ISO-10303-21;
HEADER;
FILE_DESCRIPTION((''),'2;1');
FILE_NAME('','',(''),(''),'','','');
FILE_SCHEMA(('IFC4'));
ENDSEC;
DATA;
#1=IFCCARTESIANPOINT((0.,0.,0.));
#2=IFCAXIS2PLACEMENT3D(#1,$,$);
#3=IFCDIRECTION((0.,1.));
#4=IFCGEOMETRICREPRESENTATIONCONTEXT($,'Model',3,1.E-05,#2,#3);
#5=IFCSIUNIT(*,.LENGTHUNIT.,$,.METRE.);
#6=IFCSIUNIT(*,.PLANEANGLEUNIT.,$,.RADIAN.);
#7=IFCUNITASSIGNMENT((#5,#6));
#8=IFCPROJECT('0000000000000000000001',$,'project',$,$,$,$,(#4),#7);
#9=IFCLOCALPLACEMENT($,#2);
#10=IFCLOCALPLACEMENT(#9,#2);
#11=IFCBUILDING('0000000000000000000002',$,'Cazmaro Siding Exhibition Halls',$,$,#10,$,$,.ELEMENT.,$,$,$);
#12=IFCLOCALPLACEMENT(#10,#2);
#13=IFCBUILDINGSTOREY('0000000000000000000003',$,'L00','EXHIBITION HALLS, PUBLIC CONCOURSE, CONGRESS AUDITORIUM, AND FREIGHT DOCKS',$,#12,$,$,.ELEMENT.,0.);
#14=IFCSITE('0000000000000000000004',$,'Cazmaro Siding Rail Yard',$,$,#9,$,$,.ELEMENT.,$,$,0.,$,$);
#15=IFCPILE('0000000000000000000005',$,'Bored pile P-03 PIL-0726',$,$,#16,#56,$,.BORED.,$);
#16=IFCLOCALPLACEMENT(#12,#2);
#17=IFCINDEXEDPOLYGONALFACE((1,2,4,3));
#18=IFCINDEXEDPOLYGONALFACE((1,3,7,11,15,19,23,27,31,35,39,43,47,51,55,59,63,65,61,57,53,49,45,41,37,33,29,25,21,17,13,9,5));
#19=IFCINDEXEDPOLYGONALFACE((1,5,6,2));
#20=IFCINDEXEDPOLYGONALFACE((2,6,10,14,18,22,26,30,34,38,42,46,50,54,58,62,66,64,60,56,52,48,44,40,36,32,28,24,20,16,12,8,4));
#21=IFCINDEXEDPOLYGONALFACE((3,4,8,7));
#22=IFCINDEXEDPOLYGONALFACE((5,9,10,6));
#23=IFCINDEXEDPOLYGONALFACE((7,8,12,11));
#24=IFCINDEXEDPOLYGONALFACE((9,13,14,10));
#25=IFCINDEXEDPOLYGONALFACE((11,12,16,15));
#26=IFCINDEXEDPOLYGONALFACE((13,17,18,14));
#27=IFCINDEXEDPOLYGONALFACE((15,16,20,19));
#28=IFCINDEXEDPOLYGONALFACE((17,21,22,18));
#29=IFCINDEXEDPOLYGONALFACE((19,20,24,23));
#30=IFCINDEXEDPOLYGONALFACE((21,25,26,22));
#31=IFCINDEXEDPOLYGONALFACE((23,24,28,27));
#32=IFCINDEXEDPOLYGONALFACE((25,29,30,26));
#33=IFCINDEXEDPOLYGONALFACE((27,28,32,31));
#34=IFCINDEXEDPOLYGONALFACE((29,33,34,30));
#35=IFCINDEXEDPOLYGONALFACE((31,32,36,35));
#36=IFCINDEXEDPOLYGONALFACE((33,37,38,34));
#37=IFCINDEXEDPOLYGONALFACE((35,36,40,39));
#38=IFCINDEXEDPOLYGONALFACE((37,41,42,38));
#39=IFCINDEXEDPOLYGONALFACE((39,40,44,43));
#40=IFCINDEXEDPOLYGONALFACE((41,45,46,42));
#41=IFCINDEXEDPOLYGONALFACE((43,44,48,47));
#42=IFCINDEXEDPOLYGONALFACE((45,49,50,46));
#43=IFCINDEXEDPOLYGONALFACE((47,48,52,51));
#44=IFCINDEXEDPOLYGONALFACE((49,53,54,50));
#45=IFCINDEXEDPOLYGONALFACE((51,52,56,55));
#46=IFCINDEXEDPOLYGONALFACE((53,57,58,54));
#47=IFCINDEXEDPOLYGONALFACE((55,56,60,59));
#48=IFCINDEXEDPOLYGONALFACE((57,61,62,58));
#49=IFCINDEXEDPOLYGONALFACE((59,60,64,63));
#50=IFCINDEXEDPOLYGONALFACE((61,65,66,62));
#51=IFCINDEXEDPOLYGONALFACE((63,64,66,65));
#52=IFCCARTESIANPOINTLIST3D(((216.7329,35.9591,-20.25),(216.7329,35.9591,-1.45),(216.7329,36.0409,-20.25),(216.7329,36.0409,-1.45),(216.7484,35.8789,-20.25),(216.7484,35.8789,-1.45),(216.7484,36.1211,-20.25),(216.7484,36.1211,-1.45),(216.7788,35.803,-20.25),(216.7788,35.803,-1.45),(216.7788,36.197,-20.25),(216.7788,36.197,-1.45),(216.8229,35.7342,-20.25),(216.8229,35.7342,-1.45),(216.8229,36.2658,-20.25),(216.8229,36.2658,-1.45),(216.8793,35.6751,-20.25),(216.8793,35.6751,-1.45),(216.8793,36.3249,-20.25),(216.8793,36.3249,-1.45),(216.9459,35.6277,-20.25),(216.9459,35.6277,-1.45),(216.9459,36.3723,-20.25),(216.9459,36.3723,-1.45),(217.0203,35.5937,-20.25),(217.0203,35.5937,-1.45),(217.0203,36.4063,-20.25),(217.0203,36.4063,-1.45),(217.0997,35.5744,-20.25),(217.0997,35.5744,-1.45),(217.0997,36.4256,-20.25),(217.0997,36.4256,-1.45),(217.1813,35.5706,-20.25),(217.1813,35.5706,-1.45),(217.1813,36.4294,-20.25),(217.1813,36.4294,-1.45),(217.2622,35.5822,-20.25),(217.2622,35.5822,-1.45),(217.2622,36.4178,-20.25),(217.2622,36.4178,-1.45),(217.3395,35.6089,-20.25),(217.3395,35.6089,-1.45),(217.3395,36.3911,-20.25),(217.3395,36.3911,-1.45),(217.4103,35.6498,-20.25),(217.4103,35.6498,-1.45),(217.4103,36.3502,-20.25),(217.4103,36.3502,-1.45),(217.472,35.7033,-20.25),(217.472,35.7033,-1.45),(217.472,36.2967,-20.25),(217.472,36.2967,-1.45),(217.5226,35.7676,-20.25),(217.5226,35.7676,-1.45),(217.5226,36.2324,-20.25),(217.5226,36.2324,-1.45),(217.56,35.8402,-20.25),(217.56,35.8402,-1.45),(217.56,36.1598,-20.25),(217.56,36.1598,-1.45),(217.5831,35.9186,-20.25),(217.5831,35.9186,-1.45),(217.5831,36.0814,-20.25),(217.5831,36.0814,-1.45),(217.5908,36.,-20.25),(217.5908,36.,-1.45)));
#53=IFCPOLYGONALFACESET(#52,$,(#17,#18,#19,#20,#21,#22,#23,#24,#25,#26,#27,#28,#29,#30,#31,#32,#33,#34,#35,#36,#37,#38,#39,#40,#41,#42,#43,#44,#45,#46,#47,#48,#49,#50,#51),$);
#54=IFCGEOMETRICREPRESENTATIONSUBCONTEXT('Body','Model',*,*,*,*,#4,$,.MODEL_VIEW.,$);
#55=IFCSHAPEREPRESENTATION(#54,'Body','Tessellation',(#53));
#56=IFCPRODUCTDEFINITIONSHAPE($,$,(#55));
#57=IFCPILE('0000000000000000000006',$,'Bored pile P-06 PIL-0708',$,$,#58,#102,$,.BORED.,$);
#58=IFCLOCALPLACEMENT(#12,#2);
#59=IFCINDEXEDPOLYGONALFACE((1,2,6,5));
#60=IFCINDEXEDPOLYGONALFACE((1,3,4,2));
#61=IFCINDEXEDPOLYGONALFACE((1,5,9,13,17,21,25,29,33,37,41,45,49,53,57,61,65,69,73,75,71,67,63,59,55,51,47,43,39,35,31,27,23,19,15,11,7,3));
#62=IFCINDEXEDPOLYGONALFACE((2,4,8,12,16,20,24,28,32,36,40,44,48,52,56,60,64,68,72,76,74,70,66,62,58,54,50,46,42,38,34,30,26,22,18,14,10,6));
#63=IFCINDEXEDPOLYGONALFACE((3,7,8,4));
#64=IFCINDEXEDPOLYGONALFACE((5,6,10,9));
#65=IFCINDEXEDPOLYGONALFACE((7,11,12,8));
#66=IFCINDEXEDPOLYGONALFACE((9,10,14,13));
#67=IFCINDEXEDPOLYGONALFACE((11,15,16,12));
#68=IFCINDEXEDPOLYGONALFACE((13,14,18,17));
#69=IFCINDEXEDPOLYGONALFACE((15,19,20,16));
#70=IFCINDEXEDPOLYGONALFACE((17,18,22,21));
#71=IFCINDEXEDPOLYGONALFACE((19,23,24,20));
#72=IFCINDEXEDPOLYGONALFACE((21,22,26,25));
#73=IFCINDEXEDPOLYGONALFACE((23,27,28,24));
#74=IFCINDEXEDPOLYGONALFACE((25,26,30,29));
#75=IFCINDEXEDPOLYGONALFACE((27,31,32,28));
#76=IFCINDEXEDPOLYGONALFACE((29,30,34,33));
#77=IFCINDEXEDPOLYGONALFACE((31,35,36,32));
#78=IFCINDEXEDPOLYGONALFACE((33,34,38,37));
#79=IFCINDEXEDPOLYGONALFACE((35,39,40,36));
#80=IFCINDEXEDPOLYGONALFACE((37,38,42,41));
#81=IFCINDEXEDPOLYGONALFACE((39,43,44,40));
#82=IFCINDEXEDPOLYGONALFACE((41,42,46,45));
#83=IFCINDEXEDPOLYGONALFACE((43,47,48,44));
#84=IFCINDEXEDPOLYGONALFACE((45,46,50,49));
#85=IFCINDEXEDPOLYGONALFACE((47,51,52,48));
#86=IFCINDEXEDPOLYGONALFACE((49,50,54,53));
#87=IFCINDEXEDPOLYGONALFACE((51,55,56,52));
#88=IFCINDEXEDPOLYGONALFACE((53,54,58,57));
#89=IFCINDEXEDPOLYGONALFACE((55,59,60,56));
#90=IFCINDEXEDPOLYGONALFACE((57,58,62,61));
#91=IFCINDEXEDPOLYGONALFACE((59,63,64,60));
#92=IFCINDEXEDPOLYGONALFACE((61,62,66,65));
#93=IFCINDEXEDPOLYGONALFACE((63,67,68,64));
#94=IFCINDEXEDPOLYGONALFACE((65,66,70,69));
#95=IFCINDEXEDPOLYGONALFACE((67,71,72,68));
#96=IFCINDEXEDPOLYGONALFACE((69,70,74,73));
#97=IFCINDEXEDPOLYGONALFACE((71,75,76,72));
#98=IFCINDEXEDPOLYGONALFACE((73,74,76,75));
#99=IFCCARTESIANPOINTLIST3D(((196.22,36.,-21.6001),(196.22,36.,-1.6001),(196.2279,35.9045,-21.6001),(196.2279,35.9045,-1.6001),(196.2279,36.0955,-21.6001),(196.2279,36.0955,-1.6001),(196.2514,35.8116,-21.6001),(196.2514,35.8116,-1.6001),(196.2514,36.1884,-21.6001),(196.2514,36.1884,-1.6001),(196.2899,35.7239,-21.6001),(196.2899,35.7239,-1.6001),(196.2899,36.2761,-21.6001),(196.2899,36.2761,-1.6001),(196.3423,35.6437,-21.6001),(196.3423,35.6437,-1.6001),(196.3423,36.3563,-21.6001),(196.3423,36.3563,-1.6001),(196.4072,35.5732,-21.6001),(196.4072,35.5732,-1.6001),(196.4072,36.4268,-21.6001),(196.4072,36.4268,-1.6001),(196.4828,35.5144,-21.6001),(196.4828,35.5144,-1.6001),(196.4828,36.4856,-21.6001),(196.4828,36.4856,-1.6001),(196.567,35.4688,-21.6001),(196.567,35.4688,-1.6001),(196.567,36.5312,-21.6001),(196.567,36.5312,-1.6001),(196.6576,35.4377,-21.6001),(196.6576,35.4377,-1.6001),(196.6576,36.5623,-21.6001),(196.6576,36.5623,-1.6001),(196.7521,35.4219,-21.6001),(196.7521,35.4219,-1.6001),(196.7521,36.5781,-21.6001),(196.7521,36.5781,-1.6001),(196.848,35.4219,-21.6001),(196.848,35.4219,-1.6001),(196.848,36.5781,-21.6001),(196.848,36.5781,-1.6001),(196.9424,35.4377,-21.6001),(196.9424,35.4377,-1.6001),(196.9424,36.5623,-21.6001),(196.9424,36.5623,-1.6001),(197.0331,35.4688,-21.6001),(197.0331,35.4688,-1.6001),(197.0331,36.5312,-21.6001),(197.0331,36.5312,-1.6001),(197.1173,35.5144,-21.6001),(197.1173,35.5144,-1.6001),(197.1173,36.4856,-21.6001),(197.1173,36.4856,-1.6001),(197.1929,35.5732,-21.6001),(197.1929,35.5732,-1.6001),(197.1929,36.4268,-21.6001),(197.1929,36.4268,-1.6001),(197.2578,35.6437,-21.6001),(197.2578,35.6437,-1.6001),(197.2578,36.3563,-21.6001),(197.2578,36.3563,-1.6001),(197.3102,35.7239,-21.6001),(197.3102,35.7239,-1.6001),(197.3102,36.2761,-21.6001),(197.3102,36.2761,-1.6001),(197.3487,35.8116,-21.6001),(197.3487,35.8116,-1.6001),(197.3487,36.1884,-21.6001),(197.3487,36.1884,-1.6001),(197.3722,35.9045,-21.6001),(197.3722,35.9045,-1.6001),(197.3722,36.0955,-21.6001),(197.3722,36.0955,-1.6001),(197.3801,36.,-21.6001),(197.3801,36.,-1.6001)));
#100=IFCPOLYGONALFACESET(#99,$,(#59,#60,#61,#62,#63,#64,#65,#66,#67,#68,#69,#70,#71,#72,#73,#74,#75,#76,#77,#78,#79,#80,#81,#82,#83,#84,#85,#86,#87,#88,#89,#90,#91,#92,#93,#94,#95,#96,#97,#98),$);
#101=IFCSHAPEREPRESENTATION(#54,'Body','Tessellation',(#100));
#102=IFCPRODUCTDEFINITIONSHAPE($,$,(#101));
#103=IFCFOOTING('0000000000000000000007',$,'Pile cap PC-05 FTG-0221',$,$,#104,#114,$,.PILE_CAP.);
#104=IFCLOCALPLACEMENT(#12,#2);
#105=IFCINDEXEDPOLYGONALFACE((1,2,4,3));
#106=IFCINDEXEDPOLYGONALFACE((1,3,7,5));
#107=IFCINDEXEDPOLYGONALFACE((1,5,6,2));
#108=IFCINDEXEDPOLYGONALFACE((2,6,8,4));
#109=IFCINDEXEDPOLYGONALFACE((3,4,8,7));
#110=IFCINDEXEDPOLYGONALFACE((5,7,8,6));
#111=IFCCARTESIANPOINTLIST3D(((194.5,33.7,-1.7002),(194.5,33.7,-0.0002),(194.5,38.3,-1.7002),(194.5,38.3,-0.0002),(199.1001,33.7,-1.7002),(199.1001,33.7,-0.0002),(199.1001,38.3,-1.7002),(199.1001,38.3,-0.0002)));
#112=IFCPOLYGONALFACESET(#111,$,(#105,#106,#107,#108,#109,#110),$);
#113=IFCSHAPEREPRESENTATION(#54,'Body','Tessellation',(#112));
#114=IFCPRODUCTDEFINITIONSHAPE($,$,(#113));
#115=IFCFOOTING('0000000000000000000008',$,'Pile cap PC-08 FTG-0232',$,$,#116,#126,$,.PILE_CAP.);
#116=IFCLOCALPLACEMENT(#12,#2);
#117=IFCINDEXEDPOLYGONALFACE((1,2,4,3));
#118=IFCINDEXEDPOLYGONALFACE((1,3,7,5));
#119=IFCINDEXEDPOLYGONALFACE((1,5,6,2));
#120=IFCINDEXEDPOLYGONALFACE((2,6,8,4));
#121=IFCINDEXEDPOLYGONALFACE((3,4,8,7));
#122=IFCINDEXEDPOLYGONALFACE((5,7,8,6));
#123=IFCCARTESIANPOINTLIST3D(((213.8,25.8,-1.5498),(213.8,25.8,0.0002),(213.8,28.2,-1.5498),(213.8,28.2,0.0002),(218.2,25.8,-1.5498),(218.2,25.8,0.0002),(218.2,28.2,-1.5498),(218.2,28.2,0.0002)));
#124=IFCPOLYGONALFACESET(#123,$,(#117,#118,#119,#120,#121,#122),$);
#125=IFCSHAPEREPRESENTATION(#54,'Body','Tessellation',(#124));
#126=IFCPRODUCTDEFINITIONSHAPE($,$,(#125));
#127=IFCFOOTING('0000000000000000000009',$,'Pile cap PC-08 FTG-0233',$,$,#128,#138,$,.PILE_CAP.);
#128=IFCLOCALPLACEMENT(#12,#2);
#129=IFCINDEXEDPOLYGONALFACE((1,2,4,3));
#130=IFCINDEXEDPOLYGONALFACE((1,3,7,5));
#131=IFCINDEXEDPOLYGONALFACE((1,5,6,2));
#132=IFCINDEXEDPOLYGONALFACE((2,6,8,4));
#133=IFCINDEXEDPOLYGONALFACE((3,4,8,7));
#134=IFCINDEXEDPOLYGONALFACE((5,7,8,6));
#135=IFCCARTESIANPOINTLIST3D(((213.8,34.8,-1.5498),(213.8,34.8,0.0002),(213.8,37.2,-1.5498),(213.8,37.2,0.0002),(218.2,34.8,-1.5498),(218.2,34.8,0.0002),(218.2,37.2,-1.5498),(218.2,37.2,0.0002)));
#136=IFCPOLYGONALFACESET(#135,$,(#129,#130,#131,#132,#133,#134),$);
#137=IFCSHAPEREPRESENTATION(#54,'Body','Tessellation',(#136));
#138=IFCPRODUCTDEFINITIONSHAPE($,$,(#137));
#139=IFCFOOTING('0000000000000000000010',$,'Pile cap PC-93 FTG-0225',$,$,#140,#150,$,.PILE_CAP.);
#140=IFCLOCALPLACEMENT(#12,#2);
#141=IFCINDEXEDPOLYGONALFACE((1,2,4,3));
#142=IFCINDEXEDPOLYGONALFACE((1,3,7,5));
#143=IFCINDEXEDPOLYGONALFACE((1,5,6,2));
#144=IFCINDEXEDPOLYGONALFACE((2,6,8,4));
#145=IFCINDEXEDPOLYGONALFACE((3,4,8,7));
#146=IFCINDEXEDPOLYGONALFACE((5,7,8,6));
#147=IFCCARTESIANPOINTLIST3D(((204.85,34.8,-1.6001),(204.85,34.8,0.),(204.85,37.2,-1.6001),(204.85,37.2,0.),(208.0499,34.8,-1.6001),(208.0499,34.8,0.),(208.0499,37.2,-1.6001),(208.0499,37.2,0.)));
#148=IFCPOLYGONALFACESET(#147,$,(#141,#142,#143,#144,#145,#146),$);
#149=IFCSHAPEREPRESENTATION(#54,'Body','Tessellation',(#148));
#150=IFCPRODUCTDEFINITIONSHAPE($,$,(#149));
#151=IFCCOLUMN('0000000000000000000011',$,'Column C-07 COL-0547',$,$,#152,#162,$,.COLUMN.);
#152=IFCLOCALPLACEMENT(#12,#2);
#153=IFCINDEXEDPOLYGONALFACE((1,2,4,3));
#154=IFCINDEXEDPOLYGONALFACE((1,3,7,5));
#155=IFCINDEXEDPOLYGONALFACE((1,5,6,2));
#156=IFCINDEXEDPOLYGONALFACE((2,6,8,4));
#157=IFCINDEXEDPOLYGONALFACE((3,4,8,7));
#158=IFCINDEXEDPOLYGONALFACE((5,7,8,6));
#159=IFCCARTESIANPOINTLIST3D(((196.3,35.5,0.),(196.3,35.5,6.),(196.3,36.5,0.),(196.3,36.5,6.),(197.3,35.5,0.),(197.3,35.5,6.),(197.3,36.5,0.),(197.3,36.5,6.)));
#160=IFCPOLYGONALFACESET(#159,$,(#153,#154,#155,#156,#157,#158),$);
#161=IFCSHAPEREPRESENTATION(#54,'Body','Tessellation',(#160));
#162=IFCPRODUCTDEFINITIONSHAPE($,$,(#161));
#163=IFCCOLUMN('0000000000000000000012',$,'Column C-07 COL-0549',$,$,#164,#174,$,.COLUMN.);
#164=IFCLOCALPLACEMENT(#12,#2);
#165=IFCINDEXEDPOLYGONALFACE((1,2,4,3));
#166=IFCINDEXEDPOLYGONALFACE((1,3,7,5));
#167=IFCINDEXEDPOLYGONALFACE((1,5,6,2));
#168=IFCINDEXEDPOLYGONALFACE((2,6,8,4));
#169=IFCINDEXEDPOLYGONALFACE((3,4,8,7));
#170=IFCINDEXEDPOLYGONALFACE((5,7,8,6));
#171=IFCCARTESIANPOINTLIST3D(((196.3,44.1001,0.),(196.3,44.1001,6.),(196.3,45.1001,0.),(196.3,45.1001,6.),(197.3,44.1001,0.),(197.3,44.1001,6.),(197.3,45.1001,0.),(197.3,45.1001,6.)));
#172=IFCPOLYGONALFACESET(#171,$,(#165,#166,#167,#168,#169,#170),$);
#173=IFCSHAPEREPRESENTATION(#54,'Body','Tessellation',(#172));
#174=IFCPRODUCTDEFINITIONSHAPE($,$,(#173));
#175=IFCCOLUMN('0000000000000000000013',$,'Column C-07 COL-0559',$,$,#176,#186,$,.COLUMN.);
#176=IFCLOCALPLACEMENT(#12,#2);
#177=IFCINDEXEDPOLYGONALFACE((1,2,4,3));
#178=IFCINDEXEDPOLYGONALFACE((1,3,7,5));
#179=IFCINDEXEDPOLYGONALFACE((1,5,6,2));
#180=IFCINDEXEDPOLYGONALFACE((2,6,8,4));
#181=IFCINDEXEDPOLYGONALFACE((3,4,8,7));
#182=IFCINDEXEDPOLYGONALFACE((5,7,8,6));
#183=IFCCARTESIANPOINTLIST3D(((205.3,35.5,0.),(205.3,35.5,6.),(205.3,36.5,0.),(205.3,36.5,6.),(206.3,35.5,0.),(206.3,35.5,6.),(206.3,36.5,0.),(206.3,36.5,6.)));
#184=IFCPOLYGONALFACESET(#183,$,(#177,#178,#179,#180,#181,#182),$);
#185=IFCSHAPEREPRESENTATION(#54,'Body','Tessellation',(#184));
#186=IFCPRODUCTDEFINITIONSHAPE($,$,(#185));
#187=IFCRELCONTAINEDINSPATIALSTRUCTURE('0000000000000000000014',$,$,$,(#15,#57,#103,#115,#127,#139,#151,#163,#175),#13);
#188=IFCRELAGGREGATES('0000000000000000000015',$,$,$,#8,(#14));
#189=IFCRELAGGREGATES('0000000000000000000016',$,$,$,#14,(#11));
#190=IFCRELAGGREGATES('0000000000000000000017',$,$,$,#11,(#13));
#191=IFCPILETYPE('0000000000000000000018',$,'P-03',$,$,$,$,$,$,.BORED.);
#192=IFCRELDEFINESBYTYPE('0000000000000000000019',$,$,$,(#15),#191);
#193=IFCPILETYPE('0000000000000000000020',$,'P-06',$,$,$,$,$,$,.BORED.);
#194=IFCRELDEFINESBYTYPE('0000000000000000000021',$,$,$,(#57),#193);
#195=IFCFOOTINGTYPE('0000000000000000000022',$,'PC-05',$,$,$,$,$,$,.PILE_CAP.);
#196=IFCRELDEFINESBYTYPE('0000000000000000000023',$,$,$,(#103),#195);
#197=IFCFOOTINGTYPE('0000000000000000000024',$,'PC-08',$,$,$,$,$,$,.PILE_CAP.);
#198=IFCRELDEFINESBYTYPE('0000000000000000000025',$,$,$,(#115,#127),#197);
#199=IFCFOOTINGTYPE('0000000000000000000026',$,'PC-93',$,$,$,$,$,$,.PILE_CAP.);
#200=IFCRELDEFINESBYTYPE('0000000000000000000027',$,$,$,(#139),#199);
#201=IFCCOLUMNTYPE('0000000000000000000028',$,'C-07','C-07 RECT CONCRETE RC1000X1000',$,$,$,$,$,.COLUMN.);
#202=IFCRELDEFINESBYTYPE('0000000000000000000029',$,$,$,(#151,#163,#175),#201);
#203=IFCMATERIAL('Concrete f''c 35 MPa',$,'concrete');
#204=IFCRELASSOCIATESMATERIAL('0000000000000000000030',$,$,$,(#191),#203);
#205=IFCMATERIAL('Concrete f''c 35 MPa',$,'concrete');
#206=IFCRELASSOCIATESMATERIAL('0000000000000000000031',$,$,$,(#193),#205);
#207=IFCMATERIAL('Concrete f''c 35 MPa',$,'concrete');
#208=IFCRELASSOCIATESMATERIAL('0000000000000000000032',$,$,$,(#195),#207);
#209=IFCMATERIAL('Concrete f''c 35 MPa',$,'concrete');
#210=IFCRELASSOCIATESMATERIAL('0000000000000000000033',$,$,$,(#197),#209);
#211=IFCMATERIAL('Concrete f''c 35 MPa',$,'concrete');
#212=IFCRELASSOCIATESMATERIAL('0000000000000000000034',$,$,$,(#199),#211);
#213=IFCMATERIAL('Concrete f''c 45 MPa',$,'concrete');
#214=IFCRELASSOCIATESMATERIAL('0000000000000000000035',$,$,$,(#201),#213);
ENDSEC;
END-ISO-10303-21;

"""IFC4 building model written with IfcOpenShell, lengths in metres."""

from ifc_helpers import new_model, si_unit, direction, frame, origin, origin_2d, place, context, subcontext, project, spatial, rectangle, circle, extrude, material, material_profile, profile_set, type_object, element, save


model = new_model("IFC4")

# Units and contexts
model_context = context("Model", 3, precision=1e-05, world=origin(), true_north=direction((0.0, 1.0)))
body_context = subcontext(model_context, "Body", "Model", "MODEL_VIEW")
ifc_project = project(units=[si_unit("LENGTHUNIT", "METRE"), si_unit("PLANEANGLEUNIT", "RADIAN")], contexts=[model_context])

# Site, building, storey
site_placement = place(None, origin())
site = spatial("IfcSite", under=ifc_project, at=site_placement, Name="Cazmaro Siding Rail Yard", CompositionType="ELEMENT", RefElevation=0.0)
building_placement = place(site_placement, origin())
building = spatial("IfcBuilding", under=site, at=building_placement, Name="Cazmaro Siding Exhibition Halls", CompositionType="ELEMENT")
storey_placement = place(building_placement, origin())
storey = spatial("IfcBuildingStorey", under=building, at=storey_placement, Name="L00", Description="EXHIBITION HALLS, PUBLIC CONCOURSE, CONGRESS AUDITORIUM, AND FREIGHT DOCKS", CompositionType="ELEMENT", Elevation=0.0)

# Piles
ifc_material_1 = material(Name="Concrete f'c 35 MPa", Category="concrete")
ifc_material_profile_1 = material_profile(ifc_material_1, circle(Radius=0.4299, at=origin_2d()), Name="CIDH-860")
ifc_profile_set_1 = profile_set([ifc_material_profile_1], Name="Concrete f'c 35 MPa")
pile_type_1 = type_object("IfcPileType", Name="P-03", PredefinedType="BORED", material=ifc_profile_set_1)
for number, where, z_axis, x_axis, name in (
    (1, (217.1609, 36.0, -1.45), (0.0, 0.0, -1.0), (1.0, 0.0, 0.0), "Bored pile P-03 PIL-0726"),
):
    element("IfcPile", number, at=place(storey_placement, frame(where, z_axis=z_axis, x_axis=x_axis)), inside=storey, type_object=pile_type_1, Name=name, PredefinedType="BORED", context=body_context, shape_type="SweptSolid", body=[
        extrude(circle(Radius=0.4299, at=origin_2d()), origin(), (0.0, 0.0, 1.0), 18.8),
    ])
ifc_material_2 = material(Name="Concrete f'c 35 MPa", Category="concrete")
ifc_material_profile_2 = material_profile(ifc_material_2, circle(Radius=0.5801, at=origin_2d()), Name="CIDH-1160")
ifc_profile_set_2 = profile_set([ifc_material_profile_2], Name="Concrete f'c 35 MPa")
pile_type_2 = type_object("IfcPileType", Name="P-06", PredefinedType="BORED", material=ifc_profile_set_2)
pile_placement = place(storey_placement, frame((196.8, 36.0, -1.6001), z_axis=(0.0, 0.0, -1.0), x_axis=(1.0, 0.0, 0.0)))
element("IfcPile", 2, at=pile_placement, inside=storey, type_object=pile_type_2, Name="Bored pile P-06 PIL-0708", PredefinedType="BORED", context=body_context, shape_type="SweptSolid", body=[
    extrude(circle(Radius=0.5801, at=origin_2d()), origin(), (0.0, 0.0, 1.0), 20.0),
])

# Footings
ifc_material_3 = material(Name="Concrete f'c 35 MPa", Category="concrete")
footing_type_1 = type_object("IfcFootingType", Name="PC-05", PredefinedType="PILE_CAP", material=ifc_material_3)
footing_1_placement = place(storey_placement, frame((196.8, 36.0, -1.7002), z_axis=(0.0, 0.0, 1.0), x_axis=(1.0, 0.0, 0.0)))
element("IfcFooting", 3, at=footing_1_placement, inside=storey, type_object=footing_type_1, Name="Pile cap PC-05 FTG-0221", PredefinedType="PILE_CAP", context=body_context, shape_type="SweptSolid", body=[
    extrude(rectangle(XDim=4.6001, YDim=4.6001, at=origin_2d()), origin(), (0.0, 0.0, 1.0), 1.7),
])
ifc_material_4 = material(Name="Concrete f'c 35 MPa", Category="concrete")
footing_type_2 = type_object("IfcFootingType", Name="PC-08", PredefinedType="PILE_CAP", material=ifc_material_4)
for number, where, z_axis, x_axis, name in (
    (4, (216.0, 27.0, -1.5498), (0.0, 0.0, 1.0), (1.0, 0.0, 0.0), "Pile cap PC-08 FTG-0232"),
    (5, (216.0, 36.0, -1.5498), (0.0, 0.0, 1.0), (1.0, 0.0, 0.0), "Pile cap PC-08 FTG-0233"),
):
    element("IfcFooting", number, at=place(storey_placement, frame(where, z_axis=z_axis, x_axis=x_axis)), inside=storey, type_object=footing_type_2, Name=name, PredefinedType="PILE_CAP", context=body_context, shape_type="SweptSolid", body=[
        extrude(rectangle(XDim=4.3999, YDim=2.3999, at=origin_2d()), origin(), (0.0, 0.0, 1.0), 1.55),
    ])
ifc_material_5 = material(Name="Concrete f'c 35 MPa", Category="concrete")
footing_type_3 = type_object("IfcFootingType", Name="PC-93", PredefinedType="PILE_CAP", material=ifc_material_5)
footing_2_placement = place(storey_placement, frame((206.45, 36.0, -1.6001), z_axis=(0.0, 0.0, 1.0), x_axis=(1.0, 0.0, 0.0)))
element("IfcFooting", 6, at=footing_2_placement, inside=storey, type_object=footing_type_3, Name="Pile cap PC-93 FTG-0225", PredefinedType="PILE_CAP", context=body_context, shape_type="SweptSolid", body=[
    extrude(rectangle(XDim=3.2, YDim=2.3999, at=origin_2d()), origin(), (0.0, 0.0, 1.0), 1.6001),
])

# Columns
ifc_material_6 = material(Name="Concrete f'c 45 MPa", Category="concrete")
ifc_material_profile_3 = material_profile(ifc_material_6, rectangle(XDim=1.0, YDim=1.0, at=origin_2d()), Name="RC1000X1000")
ifc_profile_set_3 = profile_set([ifc_material_profile_3], Name="Concrete f'c 45 MPa")
column_type_1 = type_object("IfcColumnType", Name="C-07", Description="C-07 RECT CONCRETE RC1000X1000", PredefinedType="COLUMN", material=ifc_profile_set_3)
for number, where, z_axis, x_axis, name in (
    (7, (196.8, 36.0, 0.0), (0.0, 0.0, 1.0), (1.0, 0.0, 0.0), "Column C-07 COL-0547"),
    (8, (196.8, 44.6001, 0.0), (0.0, 0.0, 1.0), (1.0, 0.0, 0.0), "Column C-07 COL-0549"),
    (9, (205.8, 36.0, 0.0), (0.0, 0.0, 1.0), (1.0, 0.0, 0.0), "Column C-07 COL-0559"),
):
    element("IfcColumn", number, at=place(storey_placement, frame(where, z_axis=z_axis, x_axis=x_axis)), inside=storey, type_object=column_type_1, Name=name, PredefinedType="COLUMN", context=body_context, shape_type="SweptSolid", body=[
        extrude(rectangle(XDim=1.0, YDim=1.0, at=origin_2d()), origin(), (0.0, 0.0, 1.0), 6.0),
    ])

save(model, "model.ifc")
